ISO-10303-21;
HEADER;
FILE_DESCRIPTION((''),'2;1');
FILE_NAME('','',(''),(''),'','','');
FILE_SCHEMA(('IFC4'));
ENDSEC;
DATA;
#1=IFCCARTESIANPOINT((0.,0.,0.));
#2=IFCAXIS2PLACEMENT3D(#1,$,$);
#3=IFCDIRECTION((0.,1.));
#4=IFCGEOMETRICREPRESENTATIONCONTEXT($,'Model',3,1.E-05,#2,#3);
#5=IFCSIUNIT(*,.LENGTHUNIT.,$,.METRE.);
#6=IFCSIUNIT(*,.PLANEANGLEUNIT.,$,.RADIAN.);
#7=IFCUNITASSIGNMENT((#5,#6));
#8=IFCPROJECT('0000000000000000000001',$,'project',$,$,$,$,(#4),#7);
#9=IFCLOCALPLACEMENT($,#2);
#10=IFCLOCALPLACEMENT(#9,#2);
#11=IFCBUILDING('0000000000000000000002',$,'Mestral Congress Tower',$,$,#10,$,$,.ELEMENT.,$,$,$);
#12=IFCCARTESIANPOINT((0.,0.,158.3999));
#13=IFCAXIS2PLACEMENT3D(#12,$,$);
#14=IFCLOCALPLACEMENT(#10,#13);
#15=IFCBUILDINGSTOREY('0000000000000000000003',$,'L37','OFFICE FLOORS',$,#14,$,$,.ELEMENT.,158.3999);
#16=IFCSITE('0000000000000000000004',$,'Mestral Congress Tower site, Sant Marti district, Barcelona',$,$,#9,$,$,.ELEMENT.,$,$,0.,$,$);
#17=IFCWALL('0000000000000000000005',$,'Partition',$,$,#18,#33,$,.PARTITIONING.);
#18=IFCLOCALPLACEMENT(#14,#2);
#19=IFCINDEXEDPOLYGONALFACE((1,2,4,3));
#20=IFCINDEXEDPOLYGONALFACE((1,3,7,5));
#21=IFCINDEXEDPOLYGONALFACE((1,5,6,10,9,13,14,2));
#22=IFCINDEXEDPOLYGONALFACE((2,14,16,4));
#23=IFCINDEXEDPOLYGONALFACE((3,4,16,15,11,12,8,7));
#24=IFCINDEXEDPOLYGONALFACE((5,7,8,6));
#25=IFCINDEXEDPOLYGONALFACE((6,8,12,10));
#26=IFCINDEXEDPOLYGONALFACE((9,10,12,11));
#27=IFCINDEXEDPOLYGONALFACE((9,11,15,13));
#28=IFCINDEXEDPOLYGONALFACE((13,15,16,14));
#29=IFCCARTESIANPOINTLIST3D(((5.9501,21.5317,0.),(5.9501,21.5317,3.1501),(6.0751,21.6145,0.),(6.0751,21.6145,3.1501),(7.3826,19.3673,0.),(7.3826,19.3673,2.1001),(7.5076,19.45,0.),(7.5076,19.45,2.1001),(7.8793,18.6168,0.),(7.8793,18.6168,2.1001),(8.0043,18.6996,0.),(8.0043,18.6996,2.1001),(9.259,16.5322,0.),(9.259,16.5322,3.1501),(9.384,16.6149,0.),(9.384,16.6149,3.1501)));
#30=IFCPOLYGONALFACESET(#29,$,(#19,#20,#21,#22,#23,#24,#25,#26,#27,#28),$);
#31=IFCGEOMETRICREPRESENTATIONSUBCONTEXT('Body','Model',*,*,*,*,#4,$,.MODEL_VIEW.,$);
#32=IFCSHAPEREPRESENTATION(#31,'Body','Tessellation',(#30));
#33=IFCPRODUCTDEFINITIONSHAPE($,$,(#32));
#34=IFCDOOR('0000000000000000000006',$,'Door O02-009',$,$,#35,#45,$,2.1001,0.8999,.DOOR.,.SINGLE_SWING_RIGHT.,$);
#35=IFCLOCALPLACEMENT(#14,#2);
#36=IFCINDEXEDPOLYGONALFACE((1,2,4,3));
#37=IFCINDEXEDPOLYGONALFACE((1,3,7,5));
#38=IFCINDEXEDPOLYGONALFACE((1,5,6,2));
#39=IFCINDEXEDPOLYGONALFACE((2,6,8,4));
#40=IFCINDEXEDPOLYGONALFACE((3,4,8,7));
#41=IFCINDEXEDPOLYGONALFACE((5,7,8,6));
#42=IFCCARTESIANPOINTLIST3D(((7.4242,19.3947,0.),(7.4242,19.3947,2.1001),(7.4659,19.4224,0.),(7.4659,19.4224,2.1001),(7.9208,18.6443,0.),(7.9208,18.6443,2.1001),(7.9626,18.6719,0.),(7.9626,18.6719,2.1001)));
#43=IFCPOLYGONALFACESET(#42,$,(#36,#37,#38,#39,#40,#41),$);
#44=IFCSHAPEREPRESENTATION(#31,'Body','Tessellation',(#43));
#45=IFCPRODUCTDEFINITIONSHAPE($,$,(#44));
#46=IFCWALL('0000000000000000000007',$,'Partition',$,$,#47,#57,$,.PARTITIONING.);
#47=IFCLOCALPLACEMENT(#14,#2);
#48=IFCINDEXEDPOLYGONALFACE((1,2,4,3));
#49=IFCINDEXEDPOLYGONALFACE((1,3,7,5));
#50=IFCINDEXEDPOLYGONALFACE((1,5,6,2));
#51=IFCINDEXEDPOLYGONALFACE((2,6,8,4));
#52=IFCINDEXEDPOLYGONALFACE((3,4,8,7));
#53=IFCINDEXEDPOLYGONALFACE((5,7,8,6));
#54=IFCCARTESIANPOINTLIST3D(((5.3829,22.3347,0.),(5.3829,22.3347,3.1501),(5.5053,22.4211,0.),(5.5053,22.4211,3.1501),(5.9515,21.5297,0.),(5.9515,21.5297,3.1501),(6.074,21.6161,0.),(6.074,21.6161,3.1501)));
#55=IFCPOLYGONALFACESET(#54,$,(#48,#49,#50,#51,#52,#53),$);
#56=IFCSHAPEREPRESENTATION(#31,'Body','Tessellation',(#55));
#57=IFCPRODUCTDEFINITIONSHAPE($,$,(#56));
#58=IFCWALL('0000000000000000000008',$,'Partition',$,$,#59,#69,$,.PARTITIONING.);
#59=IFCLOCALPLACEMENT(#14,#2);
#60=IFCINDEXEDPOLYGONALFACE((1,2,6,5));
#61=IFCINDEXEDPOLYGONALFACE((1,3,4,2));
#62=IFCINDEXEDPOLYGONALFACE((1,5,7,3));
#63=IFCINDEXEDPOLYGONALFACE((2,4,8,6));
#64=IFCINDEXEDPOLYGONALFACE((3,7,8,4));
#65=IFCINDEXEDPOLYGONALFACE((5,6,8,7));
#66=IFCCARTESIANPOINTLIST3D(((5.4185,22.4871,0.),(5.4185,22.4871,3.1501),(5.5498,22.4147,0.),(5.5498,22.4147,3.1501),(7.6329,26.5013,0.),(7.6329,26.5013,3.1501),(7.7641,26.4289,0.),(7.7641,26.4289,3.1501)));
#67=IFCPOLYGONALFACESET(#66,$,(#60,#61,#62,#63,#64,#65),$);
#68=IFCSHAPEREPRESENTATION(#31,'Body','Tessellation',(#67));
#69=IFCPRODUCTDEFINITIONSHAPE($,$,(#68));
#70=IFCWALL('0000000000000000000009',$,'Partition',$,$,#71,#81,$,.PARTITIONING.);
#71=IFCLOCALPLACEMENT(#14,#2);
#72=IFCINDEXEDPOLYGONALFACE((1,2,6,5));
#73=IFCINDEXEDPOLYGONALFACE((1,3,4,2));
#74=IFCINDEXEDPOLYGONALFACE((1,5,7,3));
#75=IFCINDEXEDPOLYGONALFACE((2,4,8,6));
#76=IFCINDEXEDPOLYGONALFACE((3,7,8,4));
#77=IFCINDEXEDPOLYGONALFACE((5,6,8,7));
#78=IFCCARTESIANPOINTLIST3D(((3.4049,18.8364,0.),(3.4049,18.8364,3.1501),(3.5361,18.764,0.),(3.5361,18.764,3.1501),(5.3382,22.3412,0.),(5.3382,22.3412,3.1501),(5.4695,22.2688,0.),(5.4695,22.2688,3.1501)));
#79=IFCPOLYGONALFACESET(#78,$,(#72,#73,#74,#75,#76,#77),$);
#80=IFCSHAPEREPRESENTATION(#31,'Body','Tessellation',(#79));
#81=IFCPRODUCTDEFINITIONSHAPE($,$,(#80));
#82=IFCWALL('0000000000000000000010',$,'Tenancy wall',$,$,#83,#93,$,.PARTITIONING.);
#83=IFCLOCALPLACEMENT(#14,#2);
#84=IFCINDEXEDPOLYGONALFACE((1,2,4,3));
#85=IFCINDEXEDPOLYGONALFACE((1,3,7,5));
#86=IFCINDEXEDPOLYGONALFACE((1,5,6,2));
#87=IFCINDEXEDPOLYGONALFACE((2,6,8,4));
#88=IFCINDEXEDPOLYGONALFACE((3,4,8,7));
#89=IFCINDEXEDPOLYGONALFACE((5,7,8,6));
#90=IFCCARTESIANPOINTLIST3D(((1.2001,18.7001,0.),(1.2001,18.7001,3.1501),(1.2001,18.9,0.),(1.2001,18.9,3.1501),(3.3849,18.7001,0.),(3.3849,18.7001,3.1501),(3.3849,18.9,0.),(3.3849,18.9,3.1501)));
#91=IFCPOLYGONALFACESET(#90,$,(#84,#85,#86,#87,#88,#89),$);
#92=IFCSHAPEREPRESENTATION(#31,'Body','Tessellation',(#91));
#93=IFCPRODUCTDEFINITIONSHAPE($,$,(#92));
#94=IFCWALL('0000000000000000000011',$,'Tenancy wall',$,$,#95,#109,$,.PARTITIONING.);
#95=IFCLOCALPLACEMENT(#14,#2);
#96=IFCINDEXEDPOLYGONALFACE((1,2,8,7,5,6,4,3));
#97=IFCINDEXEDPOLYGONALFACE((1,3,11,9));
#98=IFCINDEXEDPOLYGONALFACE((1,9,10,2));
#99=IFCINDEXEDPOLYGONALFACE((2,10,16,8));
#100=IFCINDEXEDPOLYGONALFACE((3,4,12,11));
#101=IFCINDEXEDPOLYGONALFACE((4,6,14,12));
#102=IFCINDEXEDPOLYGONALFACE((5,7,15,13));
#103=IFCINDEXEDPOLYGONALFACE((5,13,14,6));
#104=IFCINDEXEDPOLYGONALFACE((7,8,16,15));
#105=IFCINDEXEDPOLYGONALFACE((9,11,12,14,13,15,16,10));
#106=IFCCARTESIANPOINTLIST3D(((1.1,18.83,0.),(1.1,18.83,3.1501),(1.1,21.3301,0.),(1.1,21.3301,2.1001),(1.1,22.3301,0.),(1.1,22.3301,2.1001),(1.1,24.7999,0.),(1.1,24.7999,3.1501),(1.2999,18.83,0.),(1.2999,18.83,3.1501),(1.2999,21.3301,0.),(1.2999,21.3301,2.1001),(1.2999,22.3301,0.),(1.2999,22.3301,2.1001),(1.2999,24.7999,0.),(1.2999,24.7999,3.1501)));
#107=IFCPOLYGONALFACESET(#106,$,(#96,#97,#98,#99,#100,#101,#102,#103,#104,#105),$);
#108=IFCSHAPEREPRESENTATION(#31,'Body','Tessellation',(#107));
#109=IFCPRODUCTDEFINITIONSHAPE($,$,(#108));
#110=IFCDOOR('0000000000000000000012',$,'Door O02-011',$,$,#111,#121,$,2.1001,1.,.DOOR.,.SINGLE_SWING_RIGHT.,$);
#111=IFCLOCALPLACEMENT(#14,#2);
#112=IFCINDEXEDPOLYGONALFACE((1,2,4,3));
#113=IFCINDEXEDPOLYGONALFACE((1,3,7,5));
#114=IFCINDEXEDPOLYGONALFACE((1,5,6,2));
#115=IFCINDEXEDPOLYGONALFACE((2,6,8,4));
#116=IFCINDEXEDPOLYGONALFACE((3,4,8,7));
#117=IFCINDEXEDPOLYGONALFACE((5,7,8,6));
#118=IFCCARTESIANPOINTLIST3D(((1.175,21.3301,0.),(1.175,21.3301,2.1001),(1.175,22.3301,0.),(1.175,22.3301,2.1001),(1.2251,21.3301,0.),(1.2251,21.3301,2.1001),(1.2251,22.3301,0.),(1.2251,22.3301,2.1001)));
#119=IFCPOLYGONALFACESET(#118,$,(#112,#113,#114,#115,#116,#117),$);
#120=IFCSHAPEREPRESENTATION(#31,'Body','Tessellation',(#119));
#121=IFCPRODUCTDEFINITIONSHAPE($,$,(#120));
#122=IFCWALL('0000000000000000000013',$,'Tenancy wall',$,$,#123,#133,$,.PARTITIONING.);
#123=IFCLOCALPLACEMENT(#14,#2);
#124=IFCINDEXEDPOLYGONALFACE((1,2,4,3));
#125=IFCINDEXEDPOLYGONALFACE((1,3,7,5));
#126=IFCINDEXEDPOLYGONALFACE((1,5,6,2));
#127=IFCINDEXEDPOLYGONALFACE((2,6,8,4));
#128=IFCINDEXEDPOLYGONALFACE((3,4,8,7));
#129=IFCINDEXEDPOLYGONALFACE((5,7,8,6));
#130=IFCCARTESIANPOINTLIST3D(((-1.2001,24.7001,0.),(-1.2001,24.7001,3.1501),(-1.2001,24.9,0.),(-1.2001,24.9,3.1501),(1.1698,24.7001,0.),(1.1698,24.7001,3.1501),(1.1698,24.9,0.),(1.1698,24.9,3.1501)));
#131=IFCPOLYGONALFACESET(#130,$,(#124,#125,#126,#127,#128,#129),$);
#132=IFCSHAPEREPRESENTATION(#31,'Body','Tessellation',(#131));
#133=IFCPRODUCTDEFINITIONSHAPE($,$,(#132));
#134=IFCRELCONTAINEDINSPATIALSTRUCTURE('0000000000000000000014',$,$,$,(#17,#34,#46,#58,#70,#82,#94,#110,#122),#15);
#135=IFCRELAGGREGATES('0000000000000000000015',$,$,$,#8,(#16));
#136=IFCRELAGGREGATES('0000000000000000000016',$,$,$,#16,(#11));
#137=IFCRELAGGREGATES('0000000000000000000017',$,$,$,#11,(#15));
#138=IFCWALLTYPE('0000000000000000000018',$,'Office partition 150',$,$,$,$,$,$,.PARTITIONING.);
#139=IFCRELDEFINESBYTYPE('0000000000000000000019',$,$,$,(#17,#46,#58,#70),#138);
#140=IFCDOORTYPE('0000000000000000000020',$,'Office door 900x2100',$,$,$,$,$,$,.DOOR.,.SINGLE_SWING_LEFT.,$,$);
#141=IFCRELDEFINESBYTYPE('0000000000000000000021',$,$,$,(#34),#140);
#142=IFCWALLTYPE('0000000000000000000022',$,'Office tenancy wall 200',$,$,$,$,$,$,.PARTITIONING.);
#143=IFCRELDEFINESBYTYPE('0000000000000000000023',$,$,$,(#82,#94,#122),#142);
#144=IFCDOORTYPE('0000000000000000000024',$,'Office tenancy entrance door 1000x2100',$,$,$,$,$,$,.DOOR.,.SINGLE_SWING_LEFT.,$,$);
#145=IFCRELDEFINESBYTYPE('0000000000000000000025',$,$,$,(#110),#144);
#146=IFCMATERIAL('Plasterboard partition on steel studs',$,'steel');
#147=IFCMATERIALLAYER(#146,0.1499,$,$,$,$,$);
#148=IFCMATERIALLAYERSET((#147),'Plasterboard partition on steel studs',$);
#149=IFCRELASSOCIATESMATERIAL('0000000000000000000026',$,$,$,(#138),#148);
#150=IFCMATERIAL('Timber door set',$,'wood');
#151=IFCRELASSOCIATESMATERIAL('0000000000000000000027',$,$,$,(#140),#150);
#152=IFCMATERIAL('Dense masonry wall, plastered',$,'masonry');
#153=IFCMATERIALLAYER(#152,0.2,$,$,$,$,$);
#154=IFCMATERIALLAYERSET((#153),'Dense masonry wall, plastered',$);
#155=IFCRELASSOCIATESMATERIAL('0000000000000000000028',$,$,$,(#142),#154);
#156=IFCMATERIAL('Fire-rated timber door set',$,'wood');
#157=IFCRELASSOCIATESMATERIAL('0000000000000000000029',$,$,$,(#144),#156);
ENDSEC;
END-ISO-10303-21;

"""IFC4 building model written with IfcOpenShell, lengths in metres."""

from ifc_helpers import new_model, si_unit, direction, frame, frame_2d, origin, place, context, subcontext, project, spatial, rectangle, extrude, material, layer, layer_set, type_object, element, fill, save


model = new_model("IFC4")

# Units and contexts
model_context = context("Model", 3, precision=1e-05, world=origin(), true_north=direction((0.0, 1.0)))
body_context = subcontext(model_context, "Body", "Model", "MODEL_VIEW")
ifc_project = project(units=[si_unit("LENGTHUNIT", "METRE"), si_unit("PLANEANGLEUNIT", "RADIAN")], contexts=[model_context])

# Site, building, storey
site_placement = place(None, origin())
site = spatial("IfcSite", under=ifc_project, at=site_placement, Name="Mestral Congress Tower site, Sant Marti district, Barcelona", CompositionType="ELEMENT", RefElevation=0.0)
building_placement = place(site_placement, origin())
building = spatial("IfcBuilding", under=site, at=building_placement, Name="Mestral Congress Tower", CompositionType="ELEMENT")
storey_placement = place(building_placement, frame((0.0, 0.0, 158.3999)))
storey = spatial("IfcBuildingStorey", under=building, at=storey_placement, Name="L37", Description="OFFICE FLOORS", CompositionType="ELEMENT", Elevation=158.3999)

# Wall, opening, door
ifc_material_1 = material(Name="Plasterboard partition on steel studs", Category="steel")
ifc_layer_1 = layer(ifc_material_1, 0.1499)
ifc_layer_set_1 = layer_set([ifc_layer_1], Name="Plasterboard partition on steel studs")
wall_type_1 = type_object("IfcWallType", Name="Office partition 150", PredefinedType="PARTITIONING", material=ifc_layer_set_1)
wall_1_placement = place(storey_placement, frame((6.0127, 21.573, 0.0), z_axis=(0.0, 0.0, 1.0), x_axis=(0.551906, -0.833906, 0.0)))
wall_1 = element("IfcWall", 1, at=wall_1_placement, inside=storey, type_object=wall_type_1, Name="Partition", PredefinedType="PARTITIONING", context=body_context, shape_type="SweptSolid", body=[
    extrude(rectangle(XDim=5.9954, YDim=0.1499, at=frame_2d((2.9976, 0.0))), origin(), (0.0, 0.0, 1.0), 3.1501),
])
opening_1_placement = place(wall_1_placement, frame((2.5955, 0.0, 0.0)))
opening_1 = element("IfcOpeningElement", 2, at=opening_1_placement, cuts=wall_1, PredefinedType="OPENING", context=body_context, shape_type="SweptSolid", body=[
    extrude(rectangle(XDim=0.8999, YDim=2.1001, at=frame_2d((0.45, 1.05))), frame((0.0, 0.085, 0.0), z_axis=(0.0, -1.0, 0.0), x_axis=(1.0, 0.0, 0.0)), (0.0, 0.0, 1.0), 0.1699),
])
ifc_material_2 = material(Name="Timber door set", Category="wood")
door_type_1 = type_object("IfcDoorType", Name="Office door 900x2100", OperationType="SINGLE_SWING_LEFT", PredefinedType="DOOR", material=ifc_material_2)
door_1_placement = place(opening_1_placement, origin())
door_1 = element("IfcDoor", 3, at=door_1_placement, inside=storey, type_object=door_type_1, Name="Door O02-009", OperationType="SINGLE_SWING_RIGHT", OverallHeight=2.1001, OverallWidth=0.8999, PredefinedType="DOOR", context=body_context, shape_type="SweptSolid", body=[
    extrude(rectangle(XDim=0.8999, YDim=2.1001, at=frame_2d((0.45, 1.05))), frame((0.0, 0.0249, 0.0), z_axis=(0.0, -1.0, 0.0), x_axis=(1.0, 0.0, 0.0)), (0.0, 0.0, 1.0), 0.05),
])
fill(opening_1, door_1)

# Walls
wall_2_placement = place(storey_placement, frame((6.0127, 21.573, 0.0), z_axis=(0.0, 0.0, 1.0), x_axis=(-0.576965, 0.816769, 0.0)))
element("IfcWall", 4, at=wall_2_placement, inside=storey, type_object=wall_type_1, Name="Partition", PredefinedType="PARTITIONING", context=body_context, shape_type="SweptSolid", body=[
    extrude(rectangle(XDim=0.9856, YDim=0.1499, at=frame_2d((0.4927, 0.0))), origin(), (0.0, 0.0, 1.0), 3.1501),
])
wall_3_placement = place(storey_placement, frame((5.4841, 22.4509, 0.0), z_axis=(0.0, 0.0, 1.0), x_axis=(0.483018, 0.87561, 0.0)))
element("IfcWall", 5, at=wall_3_placement, inside=storey, type_object=wall_type_1, Name="Partition", PredefinedType="PARTITIONING", context=body_context, shape_type="SweptSolid", body=[
    extrude(rectangle(XDim=4.5845, YDim=0.1499, at=frame_2d((2.2922, 0.0))), origin(), (0.0, 0.0, 1.0), 3.1501),
])
wall_4_placement = place(storey_placement, frame((3.4705, 18.8, 0.0), z_axis=(0.0, 0.0, 1.0), x_axis=(0.483005, 0.875618, 0.0)))
element("IfcWall", 6, at=wall_4_placement, inside=storey, type_object=wall_type_1, Name="Partition", PredefinedType="PARTITIONING", context=body_context, shape_type="SweptSolid", body=[
    extrude(rectangle(XDim=4.0027, YDim=0.1499, at=frame_2d((2.0015, 0.0))), origin(), (0.0, 0.0, 1.0), 3.1501),
])
ifc_material_3 = material(Name="Dense masonry wall, plastered", Category="masonry")
ifc_layer_2 = layer(ifc_material_3, 0.2)
ifc_layer_set_2 = layer_set([ifc_layer_2], Name="Dense masonry wall, plastered")
wall_type_2 = type_object("IfcWallType", Name="Office tenancy wall 200", PredefinedType="PARTITIONING", material=ifc_layer_set_2)
wall_5_placement = place(storey_placement, frame((3.3848, 18.8, 0.0), z_axis=(0.0, 0.0, 1.0), x_axis=(-1.0, 0.0, 0.0)))
element("IfcWall", 7, at=wall_5_placement, inside=storey, type_object=wall_type_2, Name="Tenancy wall", PredefinedType="PARTITIONING", context=body_context, shape_type="SweptSolid", body=[
    extrude(rectangle(XDim=2.1848, YDim=0.2, at=frame_2d((1.0923, 0.0))), origin(), (0.0, 0.0, 1.0), 3.1501),
])

# Wall, opening, door
wall_6_placement = place(storey_placement, frame((1.2, 18.8301, 0.0), z_axis=(0.0, 0.0, 1.0), x_axis=(0.0, 1.0, 0.0)))
wall_6 = element("IfcWall", 8, at=wall_6_placement, inside=storey, type_object=wall_type_2, Name="Tenancy wall", PredefinedType="PARTITIONING", context=body_context, shape_type="SweptSolid", body=[
    extrude(rectangle(XDim=5.97, YDim=0.2, at=frame_2d((2.9849, 0.0))), origin(), (0.0, 0.0, 1.0), 3.1501),
])
opening_2_placement = place(wall_6_placement, frame((2.5, 0.0, 0.0)))
opening_2 = element("IfcOpeningElement", 9, at=opening_2_placement, cuts=wall_6, PredefinedType="OPENING", context=body_context, shape_type="SweptSolid", body=[
    extrude(rectangle(XDim=1.0, YDim=2.1001, at=frame_2d((0.5, 1.05))), frame((0.0, 0.1099, 0.0), z_axis=(0.0, -1.0, 0.0), x_axis=(1.0, 0.0, 0.0)), (0.0, 0.0, 1.0), 0.22),
])
ifc_material_4 = material(Name="Fire-rated timber door set", Category="wood")
door_type_2 = type_object("IfcDoorType", Name="Office tenancy entrance door 1000x2100", OperationType="SINGLE_SWING_LEFT", PredefinedType="DOOR", material=ifc_material_4)
door_2_placement = place(opening_2_placement, origin())
door_2 = element("IfcDoor", 10, at=door_2_placement, inside=storey, type_object=door_type_2, Name="Door O02-011", OperationType="SINGLE_SWING_RIGHT", OverallHeight=2.1001, OverallWidth=1.0, PredefinedType="DOOR", context=body_context, shape_type="SweptSolid", body=[
    extrude(rectangle(XDim=1.0, YDim=2.1001, at=frame_2d((0.5, 1.05))), frame((0.0, 0.0249, 0.0), z_axis=(0.0, -1.0, 0.0), x_axis=(1.0, 0.0, 0.0)), (0.0, 0.0, 1.0), 0.05),
])
fill(opening_2, door_2)

# Wall
wall_7_placement = place(storey_placement, frame((1.1699, 24.8, 0.0), z_axis=(0.0, 0.0, 1.0), x_axis=(-1.0, 0.0, 0.0)))
element("IfcWall", 11, at=wall_7_placement, inside=storey, type_object=wall_type_2, Name="Tenancy wall", PredefinedType="PARTITIONING", context=body_context, shape_type="SweptSolid", body=[
    extrude(rectangle(XDim=2.3699, YDim=0.2, at=frame_2d((1.1851, 0.0))), origin(), (0.0, 0.0, 1.0), 3.1501),
])

save(model, "model.ifc")
